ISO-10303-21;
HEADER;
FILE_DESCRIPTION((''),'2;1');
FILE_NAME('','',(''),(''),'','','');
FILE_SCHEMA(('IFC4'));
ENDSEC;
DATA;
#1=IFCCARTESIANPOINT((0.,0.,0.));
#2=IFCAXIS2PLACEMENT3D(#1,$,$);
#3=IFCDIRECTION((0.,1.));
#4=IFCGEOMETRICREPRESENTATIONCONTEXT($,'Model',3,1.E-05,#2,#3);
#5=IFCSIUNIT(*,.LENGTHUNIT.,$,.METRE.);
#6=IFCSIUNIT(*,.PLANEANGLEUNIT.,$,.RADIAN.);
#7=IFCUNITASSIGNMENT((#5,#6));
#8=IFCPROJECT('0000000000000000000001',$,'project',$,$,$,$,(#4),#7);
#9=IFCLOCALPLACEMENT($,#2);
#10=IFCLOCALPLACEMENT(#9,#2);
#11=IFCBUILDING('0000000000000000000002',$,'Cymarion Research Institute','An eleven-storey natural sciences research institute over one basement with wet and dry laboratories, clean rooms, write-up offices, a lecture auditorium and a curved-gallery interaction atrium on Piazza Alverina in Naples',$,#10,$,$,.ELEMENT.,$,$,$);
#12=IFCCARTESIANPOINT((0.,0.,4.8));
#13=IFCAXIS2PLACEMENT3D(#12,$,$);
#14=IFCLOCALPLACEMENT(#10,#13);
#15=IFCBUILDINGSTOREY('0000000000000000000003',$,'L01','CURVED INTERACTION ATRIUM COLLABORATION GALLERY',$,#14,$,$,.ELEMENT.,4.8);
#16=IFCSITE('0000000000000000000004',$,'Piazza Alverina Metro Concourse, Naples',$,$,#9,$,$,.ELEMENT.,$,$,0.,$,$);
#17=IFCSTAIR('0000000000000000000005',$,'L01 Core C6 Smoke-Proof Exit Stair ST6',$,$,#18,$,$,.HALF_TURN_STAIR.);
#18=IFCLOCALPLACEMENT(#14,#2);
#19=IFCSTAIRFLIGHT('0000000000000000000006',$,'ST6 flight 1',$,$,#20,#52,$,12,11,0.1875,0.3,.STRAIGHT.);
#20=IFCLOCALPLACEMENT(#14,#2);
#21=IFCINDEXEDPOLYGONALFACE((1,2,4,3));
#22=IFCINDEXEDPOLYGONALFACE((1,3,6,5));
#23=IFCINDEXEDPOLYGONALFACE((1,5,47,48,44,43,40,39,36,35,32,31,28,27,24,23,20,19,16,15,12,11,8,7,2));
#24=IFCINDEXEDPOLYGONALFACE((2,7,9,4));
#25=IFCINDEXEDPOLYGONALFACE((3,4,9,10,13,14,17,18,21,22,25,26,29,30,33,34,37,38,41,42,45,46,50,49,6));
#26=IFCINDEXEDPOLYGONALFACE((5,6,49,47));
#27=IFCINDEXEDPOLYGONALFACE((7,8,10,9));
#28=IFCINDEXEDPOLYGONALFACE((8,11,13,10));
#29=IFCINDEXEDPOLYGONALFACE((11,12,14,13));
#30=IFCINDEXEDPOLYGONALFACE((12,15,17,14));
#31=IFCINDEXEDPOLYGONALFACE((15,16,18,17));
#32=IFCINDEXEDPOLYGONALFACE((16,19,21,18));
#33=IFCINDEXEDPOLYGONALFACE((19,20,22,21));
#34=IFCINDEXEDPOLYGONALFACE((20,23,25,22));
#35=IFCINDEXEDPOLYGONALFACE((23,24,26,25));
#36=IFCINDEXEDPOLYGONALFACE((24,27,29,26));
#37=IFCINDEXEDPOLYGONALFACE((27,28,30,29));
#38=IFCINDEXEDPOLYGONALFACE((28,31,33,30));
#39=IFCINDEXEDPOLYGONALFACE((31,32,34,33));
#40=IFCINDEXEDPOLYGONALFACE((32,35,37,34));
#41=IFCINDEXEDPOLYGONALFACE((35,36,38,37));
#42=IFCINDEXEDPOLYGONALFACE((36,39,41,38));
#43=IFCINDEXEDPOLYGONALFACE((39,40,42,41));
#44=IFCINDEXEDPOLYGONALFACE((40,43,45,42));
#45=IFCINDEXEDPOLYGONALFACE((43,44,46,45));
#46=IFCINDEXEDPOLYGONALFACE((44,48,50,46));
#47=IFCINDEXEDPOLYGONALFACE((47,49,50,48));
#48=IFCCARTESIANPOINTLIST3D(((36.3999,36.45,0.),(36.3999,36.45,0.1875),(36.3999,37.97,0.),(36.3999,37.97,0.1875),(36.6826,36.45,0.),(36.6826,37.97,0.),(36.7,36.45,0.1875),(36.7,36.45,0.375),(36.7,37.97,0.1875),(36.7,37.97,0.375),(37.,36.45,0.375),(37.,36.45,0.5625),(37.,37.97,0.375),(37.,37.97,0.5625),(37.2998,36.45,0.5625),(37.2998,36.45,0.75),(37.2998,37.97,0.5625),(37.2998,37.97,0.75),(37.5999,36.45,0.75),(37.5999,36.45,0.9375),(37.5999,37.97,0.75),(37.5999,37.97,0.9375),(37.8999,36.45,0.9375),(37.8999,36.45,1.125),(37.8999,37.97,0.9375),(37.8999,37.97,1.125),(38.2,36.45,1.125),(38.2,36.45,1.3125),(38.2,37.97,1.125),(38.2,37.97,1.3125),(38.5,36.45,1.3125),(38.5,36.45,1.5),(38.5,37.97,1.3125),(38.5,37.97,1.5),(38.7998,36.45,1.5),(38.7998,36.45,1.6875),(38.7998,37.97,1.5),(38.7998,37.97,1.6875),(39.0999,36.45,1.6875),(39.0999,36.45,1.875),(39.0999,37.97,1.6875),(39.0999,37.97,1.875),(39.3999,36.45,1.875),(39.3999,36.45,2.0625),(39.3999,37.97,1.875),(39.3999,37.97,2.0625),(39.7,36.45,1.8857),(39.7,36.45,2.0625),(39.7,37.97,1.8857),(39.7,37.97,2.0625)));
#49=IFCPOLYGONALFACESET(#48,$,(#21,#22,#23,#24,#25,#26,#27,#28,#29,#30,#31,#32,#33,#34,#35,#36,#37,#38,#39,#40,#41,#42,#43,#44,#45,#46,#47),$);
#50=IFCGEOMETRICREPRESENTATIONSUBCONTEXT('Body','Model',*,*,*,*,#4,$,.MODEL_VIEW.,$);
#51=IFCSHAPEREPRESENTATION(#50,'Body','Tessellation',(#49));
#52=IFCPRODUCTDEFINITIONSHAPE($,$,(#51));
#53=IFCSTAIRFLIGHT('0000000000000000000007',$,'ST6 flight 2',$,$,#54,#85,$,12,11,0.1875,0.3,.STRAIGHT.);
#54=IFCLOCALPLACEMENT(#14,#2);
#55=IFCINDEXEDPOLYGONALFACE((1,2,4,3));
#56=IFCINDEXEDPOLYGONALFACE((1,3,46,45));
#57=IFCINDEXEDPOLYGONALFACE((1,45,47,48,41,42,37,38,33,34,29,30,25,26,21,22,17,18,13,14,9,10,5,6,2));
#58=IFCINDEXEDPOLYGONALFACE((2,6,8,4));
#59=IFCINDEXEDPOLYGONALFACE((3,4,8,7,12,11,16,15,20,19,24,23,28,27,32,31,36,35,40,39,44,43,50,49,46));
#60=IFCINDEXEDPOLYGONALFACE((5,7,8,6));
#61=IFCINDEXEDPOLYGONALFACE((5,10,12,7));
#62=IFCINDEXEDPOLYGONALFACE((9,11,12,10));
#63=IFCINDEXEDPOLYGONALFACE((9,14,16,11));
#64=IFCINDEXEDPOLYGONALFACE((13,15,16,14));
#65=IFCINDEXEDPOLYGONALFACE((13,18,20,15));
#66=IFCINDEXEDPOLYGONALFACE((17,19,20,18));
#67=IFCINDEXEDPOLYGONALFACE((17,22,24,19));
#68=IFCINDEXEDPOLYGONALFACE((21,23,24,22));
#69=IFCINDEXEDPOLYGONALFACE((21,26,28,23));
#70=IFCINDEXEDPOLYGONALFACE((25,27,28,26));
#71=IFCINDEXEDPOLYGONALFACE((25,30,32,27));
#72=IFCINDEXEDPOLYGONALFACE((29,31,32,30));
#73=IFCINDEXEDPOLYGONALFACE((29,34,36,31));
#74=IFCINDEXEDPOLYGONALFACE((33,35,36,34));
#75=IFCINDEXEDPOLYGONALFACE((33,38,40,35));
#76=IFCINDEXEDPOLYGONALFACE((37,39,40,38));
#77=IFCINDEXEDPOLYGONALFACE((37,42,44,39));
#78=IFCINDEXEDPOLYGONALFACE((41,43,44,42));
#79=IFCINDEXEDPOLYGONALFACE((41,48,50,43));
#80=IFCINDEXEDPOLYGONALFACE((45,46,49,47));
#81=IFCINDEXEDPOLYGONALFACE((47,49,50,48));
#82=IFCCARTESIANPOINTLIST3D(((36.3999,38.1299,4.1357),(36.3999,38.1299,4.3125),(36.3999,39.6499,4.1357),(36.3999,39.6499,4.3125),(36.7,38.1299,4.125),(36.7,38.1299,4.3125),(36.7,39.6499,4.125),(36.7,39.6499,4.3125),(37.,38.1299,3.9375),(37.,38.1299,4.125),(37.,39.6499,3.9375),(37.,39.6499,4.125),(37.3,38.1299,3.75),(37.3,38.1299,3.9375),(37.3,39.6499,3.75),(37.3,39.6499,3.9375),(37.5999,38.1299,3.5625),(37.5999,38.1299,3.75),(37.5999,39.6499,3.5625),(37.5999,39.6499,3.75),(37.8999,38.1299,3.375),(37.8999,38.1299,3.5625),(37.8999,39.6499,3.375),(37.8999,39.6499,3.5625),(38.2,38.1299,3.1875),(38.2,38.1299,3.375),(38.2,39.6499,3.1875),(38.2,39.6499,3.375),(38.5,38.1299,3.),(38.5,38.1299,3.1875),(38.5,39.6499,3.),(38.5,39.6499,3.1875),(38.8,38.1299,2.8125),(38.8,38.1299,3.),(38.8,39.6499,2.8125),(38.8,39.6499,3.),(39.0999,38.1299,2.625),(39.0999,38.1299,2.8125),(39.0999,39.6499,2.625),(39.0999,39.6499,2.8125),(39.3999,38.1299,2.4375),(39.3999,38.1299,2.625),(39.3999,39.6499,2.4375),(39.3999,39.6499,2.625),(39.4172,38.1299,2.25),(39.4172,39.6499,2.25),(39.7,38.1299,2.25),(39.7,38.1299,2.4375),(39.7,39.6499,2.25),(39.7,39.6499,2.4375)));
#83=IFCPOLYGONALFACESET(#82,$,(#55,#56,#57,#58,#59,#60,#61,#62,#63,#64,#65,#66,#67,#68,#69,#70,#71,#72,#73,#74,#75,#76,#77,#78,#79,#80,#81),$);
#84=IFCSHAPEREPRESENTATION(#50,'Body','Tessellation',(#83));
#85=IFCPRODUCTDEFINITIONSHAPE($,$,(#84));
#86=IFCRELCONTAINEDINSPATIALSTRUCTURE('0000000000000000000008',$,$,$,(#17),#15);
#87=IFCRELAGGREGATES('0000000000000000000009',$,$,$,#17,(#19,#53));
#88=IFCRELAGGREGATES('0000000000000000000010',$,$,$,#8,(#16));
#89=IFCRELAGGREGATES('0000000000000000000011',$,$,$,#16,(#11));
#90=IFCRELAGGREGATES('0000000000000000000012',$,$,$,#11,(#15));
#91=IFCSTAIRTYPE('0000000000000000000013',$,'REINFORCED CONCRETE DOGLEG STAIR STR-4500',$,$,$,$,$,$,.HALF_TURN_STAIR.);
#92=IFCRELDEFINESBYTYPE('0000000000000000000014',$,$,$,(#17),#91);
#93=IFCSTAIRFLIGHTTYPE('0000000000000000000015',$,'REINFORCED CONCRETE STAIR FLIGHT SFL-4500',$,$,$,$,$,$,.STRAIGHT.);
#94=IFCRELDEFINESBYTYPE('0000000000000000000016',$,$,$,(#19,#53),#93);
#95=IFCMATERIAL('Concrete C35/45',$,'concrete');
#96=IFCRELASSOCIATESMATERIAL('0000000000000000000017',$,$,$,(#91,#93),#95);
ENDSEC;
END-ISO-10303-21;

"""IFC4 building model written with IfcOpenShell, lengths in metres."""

from ifc_helpers import new_model, si_unit, direction, frame, origin, place, context, subcontext, project, spatial, polyline, outline, extrude, material, type_object, element, aggregate, save


model = new_model("IFC4")

# Units and contexts
model_context = context("Model", 3, precision=1e-05, world=origin(), true_north=direction((0.0, 1.0)))
body_context = subcontext(model_context, "Body", "Model", "MODEL_VIEW")
ifc_project = project(units=[si_unit("LENGTHUNIT", "METRE"), si_unit("PLANEANGLEUNIT", "RADIAN")], contexts=[model_context])

# Site, building, storey
site_placement = place(None, origin())
site = spatial("IfcSite", under=ifc_project, at=site_placement, Name="Piazza Alverina Metro Concourse, Naples", CompositionType="ELEMENT", RefElevation=0.0)
building_placement = place(site_placement, origin())
building = spatial("IfcBuilding", under=site, at=building_placement, Name="Cymarion Research Institute", Description="An eleven-storey natural sciences research institute over one basement with wet and dry laboratories, clean rooms, write-up offices, a lecture auditorium and a curved-gallery interaction atrium on Piazza Alverina in Naples", CompositionType="ELEMENT")
storey_placement = place(building_placement, frame((0.0, 0.0, 4.8)))
storey = spatial("IfcBuildingStorey", under=building, at=storey_placement, Name="L01", Description="CURVED INTERACTION ATRIUM COLLABORATION GALLERY", CompositionType="ELEMENT", Elevation=4.8)

# Stair, stair flights
ifc_material_1 = material(Name="Concrete C35/45", Category="concrete")
stair_type = type_object("IfcStairType", Name="REINFORCED CONCRETE DOGLEG STAIR STR-4500", PredefinedType="HALF_TURN_STAIR", material=ifc_material_1)
stair_placement = place(storey_placement, origin())
stair = element("IfcStair", 1, at=stair_placement, inside=storey, type_object=stair_type, Name="L01 Core C6 Smoke-Proof Exit Stair ST6", PredefinedType="HALF_TURN_STAIR")
stair_flight_type = type_object("IfcStairFlightType", Name="REINFORCED CONCRETE STAIR FLIGHT SFL-4500", PredefinedType="STRAIGHT", material=ifc_material_1)
stair_flight_1_placement = place(storey_placement, frame((36.3999, 37.21, 0.0), z_axis=(0.0, 0.0, 1.0), x_axis=(1.0, 0.0, 0.0)))
stair_flight_1 = element("IfcStairFlight", 2, at=stair_flight_1_placement, type_object=stair_flight_type, Name="ST6 flight 1", NumberOfRisers=12, NumberOfTreads=11, PredefinedType="STRAIGHT", RiserHeight=0.1875, TreadLength=0.3, context=body_context, shape_type="SweptSolid", body=[
    extrude(outline(polyline([(0.0, 0.0), (0.0, 0.1875), (0.3, 0.1875), (0.3, 0.375), (0.6001, 0.375), (0.6001, 0.5625), (0.8999, 0.5625), (0.8999, 0.75), (1.2, 0.75), (1.2, 0.9375), (1.5, 0.9375), (1.5, 1.125), (1.8, 1.125), (1.8, 1.3125), (2.1001, 1.3125), (2.1001, 1.5), (2.3999, 1.5), (2.3999, 1.6875), (2.7, 1.6875), (2.7, 1.875), (3.0, 1.875), (3.0, 2.0625), (3.3, 2.0625), (3.3, 2.25), (3.3, 1.8857), (0.2827, 0.0), (0.0, 0.0)])), frame((0.0, 0.76, 0.0), z_axis=(0.0, -1.0, 0.0), x_axis=(1.0, 0.0, 0.0)), (0.0, 0.0, 1.0), 1.52),
])
stair_flight_2_placement = place(storey_placement, frame((39.7, 38.8899, 2.25), z_axis=(0.0, 0.0, 1.0), x_axis=(-1.0, 0.0, 0.0)))
stair_flight_2 = element("IfcStairFlight", 3, at=stair_flight_2_placement, type_object=stair_flight_type, Name="ST6 flight 2", NumberOfRisers=12, NumberOfTreads=11, PredefinedType="STRAIGHT", RiserHeight=0.1875, TreadLength=0.3, context=body_context, shape_type="SweptSolid", body=[
    extrude(outline(polyline([(0.0, 0.0), (0.0, 0.1875), (0.3, 0.1875), (0.3, 0.375), (0.6001, 0.375), (0.6001, 0.5625), (0.8999, 0.5625), (0.8999, 0.75), (1.2, 0.75), (1.2, 0.9375), (1.5, 0.9375), (1.5, 1.125), (1.8, 1.125), (1.8, 1.3125), (2.1001, 1.3125), (2.1001, 1.5), (2.3999, 1.5), (2.3999, 1.6875), (2.7, 1.6875), (2.7, 1.875), (3.0, 1.875), (3.0, 2.0625), (3.3, 2.0625), (3.3, 2.25), (3.3, 1.8857), (0.2827, 0.0), (0.0, 0.0)])), frame((0.0, 0.76, 0.0), z_axis=(0.0, -1.0, 0.0), x_axis=(1.0, 0.0, 0.0)), (0.0, 0.0, 1.0), 1.52),
])
aggregate(stair, [stair_flight_1, stair_flight_2])

save(model, "model.ifc")
